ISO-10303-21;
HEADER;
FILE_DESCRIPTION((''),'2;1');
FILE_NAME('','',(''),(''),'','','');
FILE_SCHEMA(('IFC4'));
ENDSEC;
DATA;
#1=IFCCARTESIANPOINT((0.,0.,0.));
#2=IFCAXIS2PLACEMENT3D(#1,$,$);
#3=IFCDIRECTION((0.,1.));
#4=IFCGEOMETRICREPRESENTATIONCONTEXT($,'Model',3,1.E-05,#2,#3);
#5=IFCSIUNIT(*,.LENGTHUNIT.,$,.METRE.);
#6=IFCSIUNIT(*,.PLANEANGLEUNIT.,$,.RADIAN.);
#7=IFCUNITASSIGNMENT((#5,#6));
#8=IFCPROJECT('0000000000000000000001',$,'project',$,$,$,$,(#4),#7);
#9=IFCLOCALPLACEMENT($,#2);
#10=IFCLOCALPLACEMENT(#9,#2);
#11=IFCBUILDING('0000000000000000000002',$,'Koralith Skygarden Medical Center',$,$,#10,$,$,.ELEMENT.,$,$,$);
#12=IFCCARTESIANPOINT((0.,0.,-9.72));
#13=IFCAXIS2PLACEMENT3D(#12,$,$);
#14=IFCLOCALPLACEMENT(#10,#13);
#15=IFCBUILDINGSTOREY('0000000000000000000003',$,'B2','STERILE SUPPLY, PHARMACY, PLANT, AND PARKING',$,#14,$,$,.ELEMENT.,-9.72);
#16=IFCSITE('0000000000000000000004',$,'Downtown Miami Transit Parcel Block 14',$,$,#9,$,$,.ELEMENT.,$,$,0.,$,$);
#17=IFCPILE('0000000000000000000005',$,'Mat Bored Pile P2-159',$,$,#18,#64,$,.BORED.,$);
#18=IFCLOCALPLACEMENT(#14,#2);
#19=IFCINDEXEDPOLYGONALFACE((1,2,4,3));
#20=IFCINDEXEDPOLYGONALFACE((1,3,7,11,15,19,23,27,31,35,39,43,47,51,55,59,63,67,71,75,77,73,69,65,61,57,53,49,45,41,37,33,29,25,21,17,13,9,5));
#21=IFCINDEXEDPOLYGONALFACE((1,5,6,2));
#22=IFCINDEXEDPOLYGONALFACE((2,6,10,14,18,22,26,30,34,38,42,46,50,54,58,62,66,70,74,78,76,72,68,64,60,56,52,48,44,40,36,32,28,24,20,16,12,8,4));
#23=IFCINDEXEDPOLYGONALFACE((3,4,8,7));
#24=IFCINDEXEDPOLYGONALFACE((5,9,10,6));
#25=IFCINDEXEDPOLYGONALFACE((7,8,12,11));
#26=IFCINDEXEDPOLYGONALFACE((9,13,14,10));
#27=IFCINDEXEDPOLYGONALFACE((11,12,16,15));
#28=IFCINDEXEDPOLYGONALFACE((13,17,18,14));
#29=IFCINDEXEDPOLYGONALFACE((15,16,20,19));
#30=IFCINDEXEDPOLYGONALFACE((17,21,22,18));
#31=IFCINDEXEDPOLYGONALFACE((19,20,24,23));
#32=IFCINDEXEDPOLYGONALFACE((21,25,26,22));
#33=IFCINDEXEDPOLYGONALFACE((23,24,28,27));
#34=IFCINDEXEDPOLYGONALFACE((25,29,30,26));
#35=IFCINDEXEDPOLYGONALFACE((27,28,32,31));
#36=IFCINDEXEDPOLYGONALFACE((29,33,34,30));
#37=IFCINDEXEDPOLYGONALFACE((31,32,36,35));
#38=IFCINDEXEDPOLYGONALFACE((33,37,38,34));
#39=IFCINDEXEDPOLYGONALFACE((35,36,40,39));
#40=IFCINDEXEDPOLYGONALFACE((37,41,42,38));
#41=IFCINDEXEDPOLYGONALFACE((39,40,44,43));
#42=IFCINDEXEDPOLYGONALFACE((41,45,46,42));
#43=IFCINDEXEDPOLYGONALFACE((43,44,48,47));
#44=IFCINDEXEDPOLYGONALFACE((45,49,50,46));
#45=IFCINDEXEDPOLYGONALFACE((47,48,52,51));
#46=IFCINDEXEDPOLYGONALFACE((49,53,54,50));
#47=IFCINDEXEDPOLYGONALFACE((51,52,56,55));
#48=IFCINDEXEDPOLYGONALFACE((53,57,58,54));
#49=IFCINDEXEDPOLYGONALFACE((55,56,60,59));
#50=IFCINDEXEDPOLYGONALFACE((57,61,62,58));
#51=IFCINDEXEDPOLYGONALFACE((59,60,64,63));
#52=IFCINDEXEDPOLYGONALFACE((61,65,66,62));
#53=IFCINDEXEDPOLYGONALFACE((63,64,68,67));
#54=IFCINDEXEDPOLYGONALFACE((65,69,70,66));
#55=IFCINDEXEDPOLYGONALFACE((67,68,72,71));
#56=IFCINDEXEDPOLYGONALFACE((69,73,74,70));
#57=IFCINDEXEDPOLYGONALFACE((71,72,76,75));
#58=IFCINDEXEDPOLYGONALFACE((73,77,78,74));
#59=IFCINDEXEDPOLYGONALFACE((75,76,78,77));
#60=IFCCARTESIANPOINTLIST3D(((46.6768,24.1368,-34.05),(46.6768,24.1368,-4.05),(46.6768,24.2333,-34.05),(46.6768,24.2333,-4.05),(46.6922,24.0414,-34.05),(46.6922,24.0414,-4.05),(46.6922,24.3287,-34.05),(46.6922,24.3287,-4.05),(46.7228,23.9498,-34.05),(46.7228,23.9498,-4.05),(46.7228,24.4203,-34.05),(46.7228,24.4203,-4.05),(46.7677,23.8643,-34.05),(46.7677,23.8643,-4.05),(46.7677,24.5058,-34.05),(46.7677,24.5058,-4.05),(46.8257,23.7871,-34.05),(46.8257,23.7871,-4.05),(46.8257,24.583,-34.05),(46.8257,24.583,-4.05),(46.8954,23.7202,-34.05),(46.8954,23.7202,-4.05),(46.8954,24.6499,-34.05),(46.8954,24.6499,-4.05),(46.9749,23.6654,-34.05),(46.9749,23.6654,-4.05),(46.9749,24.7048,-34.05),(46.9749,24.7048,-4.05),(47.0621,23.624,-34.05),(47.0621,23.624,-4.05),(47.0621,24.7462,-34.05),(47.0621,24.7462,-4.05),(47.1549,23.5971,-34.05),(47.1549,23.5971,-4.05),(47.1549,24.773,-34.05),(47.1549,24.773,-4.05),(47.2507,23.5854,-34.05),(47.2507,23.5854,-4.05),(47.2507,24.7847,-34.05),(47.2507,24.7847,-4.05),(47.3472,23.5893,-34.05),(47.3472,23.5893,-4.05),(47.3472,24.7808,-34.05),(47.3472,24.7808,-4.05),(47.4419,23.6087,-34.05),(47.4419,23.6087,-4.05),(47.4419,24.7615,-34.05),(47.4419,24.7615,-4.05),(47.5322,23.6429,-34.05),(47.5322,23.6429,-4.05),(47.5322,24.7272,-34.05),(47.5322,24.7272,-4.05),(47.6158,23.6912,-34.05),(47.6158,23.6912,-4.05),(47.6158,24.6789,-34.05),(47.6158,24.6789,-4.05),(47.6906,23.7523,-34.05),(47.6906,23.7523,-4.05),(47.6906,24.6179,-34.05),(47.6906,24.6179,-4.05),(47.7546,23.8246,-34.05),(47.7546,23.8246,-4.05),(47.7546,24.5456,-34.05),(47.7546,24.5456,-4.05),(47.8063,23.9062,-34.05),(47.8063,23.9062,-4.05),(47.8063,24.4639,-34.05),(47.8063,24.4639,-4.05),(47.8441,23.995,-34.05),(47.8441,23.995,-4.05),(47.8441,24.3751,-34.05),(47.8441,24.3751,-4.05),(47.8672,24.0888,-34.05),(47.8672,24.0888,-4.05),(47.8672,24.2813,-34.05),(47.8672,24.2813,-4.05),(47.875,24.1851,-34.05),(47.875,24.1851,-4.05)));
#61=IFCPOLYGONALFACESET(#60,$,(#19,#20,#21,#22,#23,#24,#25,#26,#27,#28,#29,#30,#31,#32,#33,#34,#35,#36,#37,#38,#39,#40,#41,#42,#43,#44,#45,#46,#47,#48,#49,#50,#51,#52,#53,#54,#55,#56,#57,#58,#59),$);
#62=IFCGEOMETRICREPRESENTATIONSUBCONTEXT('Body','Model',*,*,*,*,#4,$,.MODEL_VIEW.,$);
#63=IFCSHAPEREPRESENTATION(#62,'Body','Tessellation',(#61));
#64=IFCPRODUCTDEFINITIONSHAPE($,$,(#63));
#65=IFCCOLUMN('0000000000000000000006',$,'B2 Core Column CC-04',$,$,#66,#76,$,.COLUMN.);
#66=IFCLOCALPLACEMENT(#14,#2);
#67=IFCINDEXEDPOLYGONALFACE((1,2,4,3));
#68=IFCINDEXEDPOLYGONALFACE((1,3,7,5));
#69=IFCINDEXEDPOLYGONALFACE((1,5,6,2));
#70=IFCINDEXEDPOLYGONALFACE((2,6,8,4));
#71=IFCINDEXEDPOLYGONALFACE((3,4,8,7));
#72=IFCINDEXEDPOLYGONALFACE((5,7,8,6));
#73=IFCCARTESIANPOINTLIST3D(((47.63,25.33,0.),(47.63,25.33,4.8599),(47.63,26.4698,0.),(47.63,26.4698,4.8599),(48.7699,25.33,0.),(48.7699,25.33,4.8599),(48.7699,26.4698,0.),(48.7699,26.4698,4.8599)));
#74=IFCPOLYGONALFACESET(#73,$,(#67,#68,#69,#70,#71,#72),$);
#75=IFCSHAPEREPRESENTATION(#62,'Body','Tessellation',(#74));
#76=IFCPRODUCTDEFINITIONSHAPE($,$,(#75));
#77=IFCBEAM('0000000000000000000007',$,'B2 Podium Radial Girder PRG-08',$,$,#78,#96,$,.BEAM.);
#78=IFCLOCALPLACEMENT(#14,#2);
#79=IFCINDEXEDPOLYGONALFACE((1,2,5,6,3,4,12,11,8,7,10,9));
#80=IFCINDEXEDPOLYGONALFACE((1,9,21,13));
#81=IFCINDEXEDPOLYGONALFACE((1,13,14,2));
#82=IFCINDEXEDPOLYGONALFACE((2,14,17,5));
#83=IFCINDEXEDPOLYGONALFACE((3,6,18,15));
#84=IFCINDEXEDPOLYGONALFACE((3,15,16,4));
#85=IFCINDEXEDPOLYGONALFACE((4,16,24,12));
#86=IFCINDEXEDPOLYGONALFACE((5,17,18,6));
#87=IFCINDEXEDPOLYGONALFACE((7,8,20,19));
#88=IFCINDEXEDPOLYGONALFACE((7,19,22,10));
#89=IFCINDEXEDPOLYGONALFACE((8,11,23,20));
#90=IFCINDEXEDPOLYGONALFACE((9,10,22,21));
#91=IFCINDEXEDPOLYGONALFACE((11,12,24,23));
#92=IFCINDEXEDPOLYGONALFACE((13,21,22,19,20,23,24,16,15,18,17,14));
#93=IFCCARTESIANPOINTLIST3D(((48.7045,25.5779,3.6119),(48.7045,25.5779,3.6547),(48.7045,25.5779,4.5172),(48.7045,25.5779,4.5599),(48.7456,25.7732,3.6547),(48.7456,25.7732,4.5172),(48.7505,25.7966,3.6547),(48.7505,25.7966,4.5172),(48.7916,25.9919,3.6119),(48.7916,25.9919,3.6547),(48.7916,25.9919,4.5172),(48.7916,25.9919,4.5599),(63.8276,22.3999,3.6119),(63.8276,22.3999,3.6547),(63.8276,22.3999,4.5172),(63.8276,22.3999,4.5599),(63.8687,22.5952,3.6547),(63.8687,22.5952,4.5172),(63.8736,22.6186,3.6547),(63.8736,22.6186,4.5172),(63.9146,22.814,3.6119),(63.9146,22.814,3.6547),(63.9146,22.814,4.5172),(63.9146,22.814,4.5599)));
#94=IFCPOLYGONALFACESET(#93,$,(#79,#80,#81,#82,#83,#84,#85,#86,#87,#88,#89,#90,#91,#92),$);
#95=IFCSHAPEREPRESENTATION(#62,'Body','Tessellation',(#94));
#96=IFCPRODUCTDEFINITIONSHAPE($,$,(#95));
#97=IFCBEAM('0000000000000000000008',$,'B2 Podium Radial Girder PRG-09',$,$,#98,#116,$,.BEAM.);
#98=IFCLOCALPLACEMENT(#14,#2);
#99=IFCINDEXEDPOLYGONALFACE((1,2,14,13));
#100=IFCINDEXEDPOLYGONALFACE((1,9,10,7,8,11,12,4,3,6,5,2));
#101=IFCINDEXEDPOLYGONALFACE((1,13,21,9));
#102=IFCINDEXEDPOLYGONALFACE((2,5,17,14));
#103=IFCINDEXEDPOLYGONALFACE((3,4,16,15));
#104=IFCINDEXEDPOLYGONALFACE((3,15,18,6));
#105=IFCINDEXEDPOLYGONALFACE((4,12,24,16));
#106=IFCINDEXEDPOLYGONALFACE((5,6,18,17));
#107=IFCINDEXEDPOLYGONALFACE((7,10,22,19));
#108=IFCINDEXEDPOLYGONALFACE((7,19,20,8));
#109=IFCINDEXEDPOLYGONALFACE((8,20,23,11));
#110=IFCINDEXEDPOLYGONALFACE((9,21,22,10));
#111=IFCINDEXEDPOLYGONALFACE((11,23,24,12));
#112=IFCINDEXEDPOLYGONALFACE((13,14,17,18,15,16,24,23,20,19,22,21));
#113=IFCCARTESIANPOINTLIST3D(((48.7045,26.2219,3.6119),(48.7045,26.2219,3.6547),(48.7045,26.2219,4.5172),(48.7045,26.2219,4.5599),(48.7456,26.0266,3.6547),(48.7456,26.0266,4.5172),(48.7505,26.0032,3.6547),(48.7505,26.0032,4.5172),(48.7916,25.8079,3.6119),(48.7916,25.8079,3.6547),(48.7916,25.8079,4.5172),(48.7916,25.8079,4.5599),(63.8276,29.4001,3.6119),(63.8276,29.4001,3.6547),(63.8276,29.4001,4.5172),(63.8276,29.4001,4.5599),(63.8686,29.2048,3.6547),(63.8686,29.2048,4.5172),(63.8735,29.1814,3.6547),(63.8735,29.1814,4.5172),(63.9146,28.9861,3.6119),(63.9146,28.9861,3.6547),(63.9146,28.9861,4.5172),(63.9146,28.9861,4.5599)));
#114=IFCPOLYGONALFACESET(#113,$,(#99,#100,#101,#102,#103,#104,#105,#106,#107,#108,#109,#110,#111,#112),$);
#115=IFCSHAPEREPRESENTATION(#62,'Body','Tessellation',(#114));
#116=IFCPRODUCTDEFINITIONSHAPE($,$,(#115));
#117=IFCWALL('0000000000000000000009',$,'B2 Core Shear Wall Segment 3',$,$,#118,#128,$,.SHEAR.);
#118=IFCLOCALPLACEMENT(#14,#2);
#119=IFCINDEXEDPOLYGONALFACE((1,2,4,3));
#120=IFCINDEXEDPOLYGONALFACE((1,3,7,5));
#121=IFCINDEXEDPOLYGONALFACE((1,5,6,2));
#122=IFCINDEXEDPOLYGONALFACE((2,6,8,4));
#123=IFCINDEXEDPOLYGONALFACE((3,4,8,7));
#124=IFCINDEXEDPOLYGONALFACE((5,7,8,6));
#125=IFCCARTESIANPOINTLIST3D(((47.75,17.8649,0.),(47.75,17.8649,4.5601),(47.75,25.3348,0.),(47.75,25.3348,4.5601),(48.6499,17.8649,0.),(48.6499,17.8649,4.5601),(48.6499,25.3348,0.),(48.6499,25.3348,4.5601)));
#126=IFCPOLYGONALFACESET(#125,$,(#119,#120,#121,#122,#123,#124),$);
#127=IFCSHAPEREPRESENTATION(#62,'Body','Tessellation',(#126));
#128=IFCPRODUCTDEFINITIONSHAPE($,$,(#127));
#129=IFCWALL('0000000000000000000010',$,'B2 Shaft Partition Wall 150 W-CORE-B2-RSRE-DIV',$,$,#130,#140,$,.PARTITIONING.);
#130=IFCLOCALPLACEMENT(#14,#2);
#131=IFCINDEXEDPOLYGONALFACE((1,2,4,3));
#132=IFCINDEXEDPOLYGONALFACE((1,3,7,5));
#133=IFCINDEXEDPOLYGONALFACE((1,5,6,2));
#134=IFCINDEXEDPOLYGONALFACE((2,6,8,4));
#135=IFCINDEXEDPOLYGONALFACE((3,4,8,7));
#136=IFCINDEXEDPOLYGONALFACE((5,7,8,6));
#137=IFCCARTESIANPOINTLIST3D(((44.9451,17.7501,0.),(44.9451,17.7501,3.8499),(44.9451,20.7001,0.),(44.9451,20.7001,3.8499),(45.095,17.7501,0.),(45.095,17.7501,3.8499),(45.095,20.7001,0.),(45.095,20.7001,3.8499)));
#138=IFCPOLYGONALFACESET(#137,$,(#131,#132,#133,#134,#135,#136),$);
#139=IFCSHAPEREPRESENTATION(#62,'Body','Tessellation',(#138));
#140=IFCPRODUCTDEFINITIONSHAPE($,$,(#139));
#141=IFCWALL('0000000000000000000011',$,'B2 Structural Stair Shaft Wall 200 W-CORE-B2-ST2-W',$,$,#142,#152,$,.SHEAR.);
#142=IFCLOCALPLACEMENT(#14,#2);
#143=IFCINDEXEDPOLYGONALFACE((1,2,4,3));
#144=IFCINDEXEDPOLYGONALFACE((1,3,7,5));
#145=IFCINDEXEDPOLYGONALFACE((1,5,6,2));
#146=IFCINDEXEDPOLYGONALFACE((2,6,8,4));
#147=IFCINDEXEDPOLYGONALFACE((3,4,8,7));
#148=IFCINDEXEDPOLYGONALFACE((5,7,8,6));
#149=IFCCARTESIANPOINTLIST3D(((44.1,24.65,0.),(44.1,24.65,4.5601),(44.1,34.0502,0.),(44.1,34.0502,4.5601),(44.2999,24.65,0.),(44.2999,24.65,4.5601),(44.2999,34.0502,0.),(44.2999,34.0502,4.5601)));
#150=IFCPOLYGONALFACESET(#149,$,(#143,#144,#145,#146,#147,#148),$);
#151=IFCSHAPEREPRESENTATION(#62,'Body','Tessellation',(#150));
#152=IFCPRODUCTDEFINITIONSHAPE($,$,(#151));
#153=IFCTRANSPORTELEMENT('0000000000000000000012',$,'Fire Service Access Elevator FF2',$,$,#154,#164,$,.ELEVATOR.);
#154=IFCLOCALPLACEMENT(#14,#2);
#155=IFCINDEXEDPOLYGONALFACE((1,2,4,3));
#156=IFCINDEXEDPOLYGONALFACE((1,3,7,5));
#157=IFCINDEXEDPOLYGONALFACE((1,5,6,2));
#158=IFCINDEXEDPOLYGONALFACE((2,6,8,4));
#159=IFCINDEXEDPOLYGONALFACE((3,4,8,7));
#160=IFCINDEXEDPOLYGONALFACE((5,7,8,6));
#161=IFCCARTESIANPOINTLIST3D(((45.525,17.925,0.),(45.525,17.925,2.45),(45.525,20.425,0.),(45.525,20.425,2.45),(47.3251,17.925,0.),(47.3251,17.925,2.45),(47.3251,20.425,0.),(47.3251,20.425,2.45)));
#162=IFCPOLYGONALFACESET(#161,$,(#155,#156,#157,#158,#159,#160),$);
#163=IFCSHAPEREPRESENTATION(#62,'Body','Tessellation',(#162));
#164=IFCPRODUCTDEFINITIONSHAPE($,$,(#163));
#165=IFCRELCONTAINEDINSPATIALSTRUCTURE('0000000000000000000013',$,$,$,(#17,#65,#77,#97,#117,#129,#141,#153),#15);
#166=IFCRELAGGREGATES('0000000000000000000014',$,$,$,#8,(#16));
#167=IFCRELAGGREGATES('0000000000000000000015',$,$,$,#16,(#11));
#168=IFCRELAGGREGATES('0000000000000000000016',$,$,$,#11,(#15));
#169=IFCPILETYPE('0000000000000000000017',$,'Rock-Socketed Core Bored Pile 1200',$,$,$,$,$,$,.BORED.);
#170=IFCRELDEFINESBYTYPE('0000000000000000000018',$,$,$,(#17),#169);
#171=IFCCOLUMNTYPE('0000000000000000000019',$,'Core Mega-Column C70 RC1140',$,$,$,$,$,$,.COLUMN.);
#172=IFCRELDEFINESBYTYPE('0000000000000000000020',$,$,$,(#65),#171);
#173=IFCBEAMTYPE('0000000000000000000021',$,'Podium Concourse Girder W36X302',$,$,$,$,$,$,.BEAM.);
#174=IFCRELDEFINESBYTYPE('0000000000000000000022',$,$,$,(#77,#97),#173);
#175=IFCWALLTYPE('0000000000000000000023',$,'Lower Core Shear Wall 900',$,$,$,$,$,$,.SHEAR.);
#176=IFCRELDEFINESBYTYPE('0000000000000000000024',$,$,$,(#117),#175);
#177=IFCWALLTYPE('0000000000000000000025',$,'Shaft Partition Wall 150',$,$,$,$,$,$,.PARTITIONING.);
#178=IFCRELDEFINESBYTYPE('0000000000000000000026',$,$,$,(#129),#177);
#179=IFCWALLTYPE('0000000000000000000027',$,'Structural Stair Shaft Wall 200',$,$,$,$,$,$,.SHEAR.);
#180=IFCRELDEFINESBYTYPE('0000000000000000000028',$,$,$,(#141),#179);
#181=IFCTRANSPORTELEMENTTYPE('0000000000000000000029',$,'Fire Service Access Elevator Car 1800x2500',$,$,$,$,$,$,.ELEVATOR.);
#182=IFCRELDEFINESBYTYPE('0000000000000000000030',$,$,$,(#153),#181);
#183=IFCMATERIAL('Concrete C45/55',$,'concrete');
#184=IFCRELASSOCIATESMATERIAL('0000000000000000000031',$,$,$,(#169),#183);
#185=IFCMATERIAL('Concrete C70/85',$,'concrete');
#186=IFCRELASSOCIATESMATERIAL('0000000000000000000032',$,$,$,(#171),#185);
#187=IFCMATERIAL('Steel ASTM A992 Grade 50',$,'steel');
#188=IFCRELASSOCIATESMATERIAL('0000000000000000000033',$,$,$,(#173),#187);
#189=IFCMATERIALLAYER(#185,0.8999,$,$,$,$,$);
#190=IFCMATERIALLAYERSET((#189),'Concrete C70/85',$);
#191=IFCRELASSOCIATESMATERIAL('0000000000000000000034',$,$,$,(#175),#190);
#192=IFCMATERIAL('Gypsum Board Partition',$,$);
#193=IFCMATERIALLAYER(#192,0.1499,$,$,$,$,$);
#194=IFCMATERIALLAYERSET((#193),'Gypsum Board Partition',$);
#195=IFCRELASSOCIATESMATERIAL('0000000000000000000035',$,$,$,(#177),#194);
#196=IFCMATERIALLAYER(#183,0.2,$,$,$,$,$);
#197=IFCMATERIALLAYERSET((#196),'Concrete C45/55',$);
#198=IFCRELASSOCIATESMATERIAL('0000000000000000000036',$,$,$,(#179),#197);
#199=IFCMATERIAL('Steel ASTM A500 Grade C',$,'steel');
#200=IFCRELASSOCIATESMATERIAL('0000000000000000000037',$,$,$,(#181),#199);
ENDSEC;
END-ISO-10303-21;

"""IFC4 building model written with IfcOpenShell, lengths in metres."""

from ifc_helpers import new_model, si_unit, direction, frame, frame_2d, origin, origin_2d, place, context, subcontext, project, spatial, rectangle, circle, i_section, extrude, material, layer, layer_set, material_profile, profile_set, type_object, element, save


model = new_model("IFC4")

# Units and contexts
model_context = context("Model", 3, precision=1e-05, world=origin(), true_north=direction((0.0, 1.0)))
body_context = subcontext(model_context, "Body", "Model", "MODEL_VIEW")
ifc_project = project(units=[si_unit("LENGTHUNIT", "METRE"), si_unit("PLANEANGLEUNIT", "RADIAN")], contexts=[model_context])

# Site, building, storey
site_placement = place(None, origin())
site = spatial("IfcSite", under=ifc_project, at=site_placement, Name="Downtown Miami Transit Parcel Block 14", CompositionType="ELEMENT", RefElevation=0.0)
building_placement = place(site_placement, origin())
building = spatial("IfcBuilding", under=site, at=building_placement, Name="Koralith Skygarden Medical Center", CompositionType="ELEMENT")
storey_placement = place(building_placement, frame((0.0, 0.0, -9.72)))
storey = spatial("IfcBuildingStorey", under=building, at=storey_placement, Name="B2", Description="STERILE SUPPLY, PHARMACY, PLANT, AND PARKING", CompositionType="ELEMENT", Elevation=-9.72)

# Pile
ifc_material_1 = material(Name="Concrete C45/55", Category="concrete")
ifc_material_profile_1 = material_profile(ifc_material_1, circle(Radius=0.6001, at=origin_2d()), Name="PILE1200")
ifc_profile_set_1 = profile_set([ifc_material_profile_1], Name="Concrete C45/55")
pile_type_1 = type_object("IfcPileType", Name="Rock-Socketed Core Bored Pile 1200", PredefinedType="BORED", material=ifc_profile_set_1)
for number, where, z_axis, x_axis, name in (
    (1, (47.2749, 24.1851, -4.05), (0.0, 0.0, -1.0), (1.0, 0.0, 0.0), "Mat Bored Pile P2-159"),
):
    element("IfcPile", number, at=place(storey_placement, frame(where, z_axis=z_axis, x_axis=x_axis)), inside=storey, type_object=pile_type_1, Name=name, PredefinedType="BORED", context=body_context, shape_type="SweptSolid", body=[
        extrude(circle(Radius=0.6001, at=origin_2d()), origin(), (0.0, 0.0, 1.0), 30.0),
    ])

# Column
ifc_material_2 = material(Name="Concrete C70/85", Category="concrete")
ifc_material_profile_2 = material_profile(ifc_material_2, rectangle(XDim=1.1399, YDim=1.1399, at=origin_2d()), Name="RC1140X1140")
ifc_profile_set_2 = profile_set([ifc_material_profile_2], Name="Concrete C70/85")
column_type = type_object("IfcColumnType", Name="Core Mega-Column C70 RC1140", PredefinedType="COLUMN", material=ifc_profile_set_2)
column_placement = place(storey_placement, frame((48.2, 25.8999, 0.0), z_axis=(0.0, 0.0, 1.0), x_axis=(1.0, 0.0, 0.0)))
element("IfcColumn", 2, at=column_placement, inside=storey, type_object=column_type, Name="B2 Core Column CC-04", PredefinedType="COLUMN", context=body_context, shape_type="SweptSolid", body=[
    extrude(rectangle(XDim=1.1399, YDim=1.1399, at=origin_2d()), origin(), (0.0, 0.0, 1.0), 4.8599),
])

# Beams
ifc_material_3 = material(Name="Steel ASTM A992 Grade 50", Category="steel")
ifc_material_profile_3 = material_profile(ifc_material_3, i_section(OverallWidth=0.4231, OverallDepth=0.948, WebThickness=0.0239, FlangeThickness=0.0427, at=origin_2d()), Name="W36X302")
ifc_profile_set_3 = profile_set([ifc_material_profile_3], Name="Steel ASTM A992 Grade 50")
beam_type = type_object("IfcBeamType", Name="Podium Concourse Girder W36X302", PredefinedType="BEAM", material=ifc_profile_set_3)
for number, where, z_axis, x_axis, name in (
    (3, (48.748, 25.7849, 4.0859), (0.978626, -0.20565, 0.0), (0.20565, 0.978626, 0.0), "B2 Podium Radial Girder PRG-08"),
    (4, (48.748, 26.0149, 4.0859), (0.978622, 0.205665, 0.0), (-0.205665, 0.978622, 0.0), "B2 Podium Radial Girder PRG-09"),
):
    element("IfcBeam", number, at=place(storey_placement, frame(where, z_axis=z_axis, x_axis=x_axis)), inside=storey, type_object=beam_type, Name=name, PredefinedType="BEAM", context=body_context, shape_type="SweptSolid", body=[
        extrude(i_section(OverallWidth=0.4231, OverallDepth=0.948, WebThickness=0.0239, FlangeThickness=0.0427, at=origin_2d()), origin(), (0.0, 0.0, 1.0), 15.4534),
    ])

# Walls
ifc_layer_1 = layer(ifc_material_2, 0.8999)
ifc_layer_set_1 = layer_set([ifc_layer_1], Name="Concrete C70/85")
wall_type_1 = type_object("IfcWallType", Name="Lower Core Shear Wall 900", PredefinedType="SHEAR", material=ifc_layer_set_1)
wall_1_placement = place(storey_placement, frame((48.2, 17.865, 0.0), z_axis=(0.0, 0.0, 1.0), x_axis=(0.0, 1.0, 0.0)))
element("IfcWall", 5, at=wall_1_placement, inside=storey, type_object=wall_type_1, Name="B2 Core Shear Wall Segment 3", PredefinedType="SHEAR", context=body_context, shape_type="SweptSolid", body=[
    extrude(rectangle(XDim=7.47, YDim=0.8999, at=frame_2d((3.7349, 0.0))), origin(), (0.0, 0.0, 1.0), 4.5601),
])
ifc_material_4 = material(Name="Gypsum Board Partition")
ifc_layer_2 = layer(ifc_material_4, 0.1499)
ifc_layer_set_2 = layer_set([ifc_layer_2], Name="Gypsum Board Partition")
wall_type_2 = type_object("IfcWallType", Name="Shaft Partition Wall 150", PredefinedType="PARTITIONING", material=ifc_layer_set_2)
wall_2_placement = place(storey_placement, frame((45.02, 17.75, 0.0), z_axis=(0.0, 0.0, 1.0), x_axis=(0.0, 1.0, 0.0)))
element("IfcWall", 6, at=wall_2_placement, inside=storey, type_object=wall_type_2, Name="B2 Shaft Partition Wall 150 W-CORE-B2-RSRE-DIV", PredefinedType="PARTITIONING", context=body_context, shape_type="SweptSolid", body=[
    extrude(rectangle(XDim=2.95, YDim=0.1499, at=frame_2d((1.4751, 0.0))), origin(), (0.0, 0.0, 1.0), 3.8499),
])
ifc_layer_3 = layer(ifc_material_1, 0.2)
ifc_layer_set_3 = layer_set([ifc_layer_3], Name="Concrete C45/55")
wall_type_3 = type_object("IfcWallType", Name="Structural Stair Shaft Wall 200", PredefinedType="SHEAR", material=ifc_layer_set_3)
wall_3_placement = place(storey_placement, frame((44.2, 24.6499, 0.0), z_axis=(0.0, 0.0, 1.0), x_axis=(0.0, 1.0, 0.0)))
element("IfcWall", 7, at=wall_3_placement, inside=storey, type_object=wall_type_3, Name="B2 Structural Stair Shaft Wall 200 W-CORE-B2-ST2-W", PredefinedType="SHEAR", context=body_context, shape_type="SweptSolid", body=[
    extrude(rectangle(XDim=9.4001, YDim=0.2, at=frame_2d((4.7002, 0.0))), origin(), (0.0, 0.0, 1.0), 4.5601),
])

# Shared definitions
ifc_material_5 = material(Name="Steel ASTM A500 Grade C", Category="steel")

# Transport element
transport_element_type = type_object("IfcTransportElementType", Name="Fire Service Access Elevator Car 1800x2500", PredefinedType="ELEVATOR", material=ifc_material_5)
transport_element_placement = place(storey_placement, frame((46.425, 19.175, 0.0), z_axis=(0.0, 0.0, 1.0), x_axis=(1.0, 0.0, 0.0)))
element("IfcTransportElement", 8, at=transport_element_placement, inside=storey, type_object=transport_element_type, Name="Fire Service Access Elevator FF2", PredefinedType="ELEVATOR", context=body_context, shape_type="SweptSolid", body=[
    extrude(rectangle(XDim=1.8, YDim=2.5, at=origin_2d()), origin(), (0.0, 0.0, 1.0), 2.45),
])

save(model, "model.ifc")
